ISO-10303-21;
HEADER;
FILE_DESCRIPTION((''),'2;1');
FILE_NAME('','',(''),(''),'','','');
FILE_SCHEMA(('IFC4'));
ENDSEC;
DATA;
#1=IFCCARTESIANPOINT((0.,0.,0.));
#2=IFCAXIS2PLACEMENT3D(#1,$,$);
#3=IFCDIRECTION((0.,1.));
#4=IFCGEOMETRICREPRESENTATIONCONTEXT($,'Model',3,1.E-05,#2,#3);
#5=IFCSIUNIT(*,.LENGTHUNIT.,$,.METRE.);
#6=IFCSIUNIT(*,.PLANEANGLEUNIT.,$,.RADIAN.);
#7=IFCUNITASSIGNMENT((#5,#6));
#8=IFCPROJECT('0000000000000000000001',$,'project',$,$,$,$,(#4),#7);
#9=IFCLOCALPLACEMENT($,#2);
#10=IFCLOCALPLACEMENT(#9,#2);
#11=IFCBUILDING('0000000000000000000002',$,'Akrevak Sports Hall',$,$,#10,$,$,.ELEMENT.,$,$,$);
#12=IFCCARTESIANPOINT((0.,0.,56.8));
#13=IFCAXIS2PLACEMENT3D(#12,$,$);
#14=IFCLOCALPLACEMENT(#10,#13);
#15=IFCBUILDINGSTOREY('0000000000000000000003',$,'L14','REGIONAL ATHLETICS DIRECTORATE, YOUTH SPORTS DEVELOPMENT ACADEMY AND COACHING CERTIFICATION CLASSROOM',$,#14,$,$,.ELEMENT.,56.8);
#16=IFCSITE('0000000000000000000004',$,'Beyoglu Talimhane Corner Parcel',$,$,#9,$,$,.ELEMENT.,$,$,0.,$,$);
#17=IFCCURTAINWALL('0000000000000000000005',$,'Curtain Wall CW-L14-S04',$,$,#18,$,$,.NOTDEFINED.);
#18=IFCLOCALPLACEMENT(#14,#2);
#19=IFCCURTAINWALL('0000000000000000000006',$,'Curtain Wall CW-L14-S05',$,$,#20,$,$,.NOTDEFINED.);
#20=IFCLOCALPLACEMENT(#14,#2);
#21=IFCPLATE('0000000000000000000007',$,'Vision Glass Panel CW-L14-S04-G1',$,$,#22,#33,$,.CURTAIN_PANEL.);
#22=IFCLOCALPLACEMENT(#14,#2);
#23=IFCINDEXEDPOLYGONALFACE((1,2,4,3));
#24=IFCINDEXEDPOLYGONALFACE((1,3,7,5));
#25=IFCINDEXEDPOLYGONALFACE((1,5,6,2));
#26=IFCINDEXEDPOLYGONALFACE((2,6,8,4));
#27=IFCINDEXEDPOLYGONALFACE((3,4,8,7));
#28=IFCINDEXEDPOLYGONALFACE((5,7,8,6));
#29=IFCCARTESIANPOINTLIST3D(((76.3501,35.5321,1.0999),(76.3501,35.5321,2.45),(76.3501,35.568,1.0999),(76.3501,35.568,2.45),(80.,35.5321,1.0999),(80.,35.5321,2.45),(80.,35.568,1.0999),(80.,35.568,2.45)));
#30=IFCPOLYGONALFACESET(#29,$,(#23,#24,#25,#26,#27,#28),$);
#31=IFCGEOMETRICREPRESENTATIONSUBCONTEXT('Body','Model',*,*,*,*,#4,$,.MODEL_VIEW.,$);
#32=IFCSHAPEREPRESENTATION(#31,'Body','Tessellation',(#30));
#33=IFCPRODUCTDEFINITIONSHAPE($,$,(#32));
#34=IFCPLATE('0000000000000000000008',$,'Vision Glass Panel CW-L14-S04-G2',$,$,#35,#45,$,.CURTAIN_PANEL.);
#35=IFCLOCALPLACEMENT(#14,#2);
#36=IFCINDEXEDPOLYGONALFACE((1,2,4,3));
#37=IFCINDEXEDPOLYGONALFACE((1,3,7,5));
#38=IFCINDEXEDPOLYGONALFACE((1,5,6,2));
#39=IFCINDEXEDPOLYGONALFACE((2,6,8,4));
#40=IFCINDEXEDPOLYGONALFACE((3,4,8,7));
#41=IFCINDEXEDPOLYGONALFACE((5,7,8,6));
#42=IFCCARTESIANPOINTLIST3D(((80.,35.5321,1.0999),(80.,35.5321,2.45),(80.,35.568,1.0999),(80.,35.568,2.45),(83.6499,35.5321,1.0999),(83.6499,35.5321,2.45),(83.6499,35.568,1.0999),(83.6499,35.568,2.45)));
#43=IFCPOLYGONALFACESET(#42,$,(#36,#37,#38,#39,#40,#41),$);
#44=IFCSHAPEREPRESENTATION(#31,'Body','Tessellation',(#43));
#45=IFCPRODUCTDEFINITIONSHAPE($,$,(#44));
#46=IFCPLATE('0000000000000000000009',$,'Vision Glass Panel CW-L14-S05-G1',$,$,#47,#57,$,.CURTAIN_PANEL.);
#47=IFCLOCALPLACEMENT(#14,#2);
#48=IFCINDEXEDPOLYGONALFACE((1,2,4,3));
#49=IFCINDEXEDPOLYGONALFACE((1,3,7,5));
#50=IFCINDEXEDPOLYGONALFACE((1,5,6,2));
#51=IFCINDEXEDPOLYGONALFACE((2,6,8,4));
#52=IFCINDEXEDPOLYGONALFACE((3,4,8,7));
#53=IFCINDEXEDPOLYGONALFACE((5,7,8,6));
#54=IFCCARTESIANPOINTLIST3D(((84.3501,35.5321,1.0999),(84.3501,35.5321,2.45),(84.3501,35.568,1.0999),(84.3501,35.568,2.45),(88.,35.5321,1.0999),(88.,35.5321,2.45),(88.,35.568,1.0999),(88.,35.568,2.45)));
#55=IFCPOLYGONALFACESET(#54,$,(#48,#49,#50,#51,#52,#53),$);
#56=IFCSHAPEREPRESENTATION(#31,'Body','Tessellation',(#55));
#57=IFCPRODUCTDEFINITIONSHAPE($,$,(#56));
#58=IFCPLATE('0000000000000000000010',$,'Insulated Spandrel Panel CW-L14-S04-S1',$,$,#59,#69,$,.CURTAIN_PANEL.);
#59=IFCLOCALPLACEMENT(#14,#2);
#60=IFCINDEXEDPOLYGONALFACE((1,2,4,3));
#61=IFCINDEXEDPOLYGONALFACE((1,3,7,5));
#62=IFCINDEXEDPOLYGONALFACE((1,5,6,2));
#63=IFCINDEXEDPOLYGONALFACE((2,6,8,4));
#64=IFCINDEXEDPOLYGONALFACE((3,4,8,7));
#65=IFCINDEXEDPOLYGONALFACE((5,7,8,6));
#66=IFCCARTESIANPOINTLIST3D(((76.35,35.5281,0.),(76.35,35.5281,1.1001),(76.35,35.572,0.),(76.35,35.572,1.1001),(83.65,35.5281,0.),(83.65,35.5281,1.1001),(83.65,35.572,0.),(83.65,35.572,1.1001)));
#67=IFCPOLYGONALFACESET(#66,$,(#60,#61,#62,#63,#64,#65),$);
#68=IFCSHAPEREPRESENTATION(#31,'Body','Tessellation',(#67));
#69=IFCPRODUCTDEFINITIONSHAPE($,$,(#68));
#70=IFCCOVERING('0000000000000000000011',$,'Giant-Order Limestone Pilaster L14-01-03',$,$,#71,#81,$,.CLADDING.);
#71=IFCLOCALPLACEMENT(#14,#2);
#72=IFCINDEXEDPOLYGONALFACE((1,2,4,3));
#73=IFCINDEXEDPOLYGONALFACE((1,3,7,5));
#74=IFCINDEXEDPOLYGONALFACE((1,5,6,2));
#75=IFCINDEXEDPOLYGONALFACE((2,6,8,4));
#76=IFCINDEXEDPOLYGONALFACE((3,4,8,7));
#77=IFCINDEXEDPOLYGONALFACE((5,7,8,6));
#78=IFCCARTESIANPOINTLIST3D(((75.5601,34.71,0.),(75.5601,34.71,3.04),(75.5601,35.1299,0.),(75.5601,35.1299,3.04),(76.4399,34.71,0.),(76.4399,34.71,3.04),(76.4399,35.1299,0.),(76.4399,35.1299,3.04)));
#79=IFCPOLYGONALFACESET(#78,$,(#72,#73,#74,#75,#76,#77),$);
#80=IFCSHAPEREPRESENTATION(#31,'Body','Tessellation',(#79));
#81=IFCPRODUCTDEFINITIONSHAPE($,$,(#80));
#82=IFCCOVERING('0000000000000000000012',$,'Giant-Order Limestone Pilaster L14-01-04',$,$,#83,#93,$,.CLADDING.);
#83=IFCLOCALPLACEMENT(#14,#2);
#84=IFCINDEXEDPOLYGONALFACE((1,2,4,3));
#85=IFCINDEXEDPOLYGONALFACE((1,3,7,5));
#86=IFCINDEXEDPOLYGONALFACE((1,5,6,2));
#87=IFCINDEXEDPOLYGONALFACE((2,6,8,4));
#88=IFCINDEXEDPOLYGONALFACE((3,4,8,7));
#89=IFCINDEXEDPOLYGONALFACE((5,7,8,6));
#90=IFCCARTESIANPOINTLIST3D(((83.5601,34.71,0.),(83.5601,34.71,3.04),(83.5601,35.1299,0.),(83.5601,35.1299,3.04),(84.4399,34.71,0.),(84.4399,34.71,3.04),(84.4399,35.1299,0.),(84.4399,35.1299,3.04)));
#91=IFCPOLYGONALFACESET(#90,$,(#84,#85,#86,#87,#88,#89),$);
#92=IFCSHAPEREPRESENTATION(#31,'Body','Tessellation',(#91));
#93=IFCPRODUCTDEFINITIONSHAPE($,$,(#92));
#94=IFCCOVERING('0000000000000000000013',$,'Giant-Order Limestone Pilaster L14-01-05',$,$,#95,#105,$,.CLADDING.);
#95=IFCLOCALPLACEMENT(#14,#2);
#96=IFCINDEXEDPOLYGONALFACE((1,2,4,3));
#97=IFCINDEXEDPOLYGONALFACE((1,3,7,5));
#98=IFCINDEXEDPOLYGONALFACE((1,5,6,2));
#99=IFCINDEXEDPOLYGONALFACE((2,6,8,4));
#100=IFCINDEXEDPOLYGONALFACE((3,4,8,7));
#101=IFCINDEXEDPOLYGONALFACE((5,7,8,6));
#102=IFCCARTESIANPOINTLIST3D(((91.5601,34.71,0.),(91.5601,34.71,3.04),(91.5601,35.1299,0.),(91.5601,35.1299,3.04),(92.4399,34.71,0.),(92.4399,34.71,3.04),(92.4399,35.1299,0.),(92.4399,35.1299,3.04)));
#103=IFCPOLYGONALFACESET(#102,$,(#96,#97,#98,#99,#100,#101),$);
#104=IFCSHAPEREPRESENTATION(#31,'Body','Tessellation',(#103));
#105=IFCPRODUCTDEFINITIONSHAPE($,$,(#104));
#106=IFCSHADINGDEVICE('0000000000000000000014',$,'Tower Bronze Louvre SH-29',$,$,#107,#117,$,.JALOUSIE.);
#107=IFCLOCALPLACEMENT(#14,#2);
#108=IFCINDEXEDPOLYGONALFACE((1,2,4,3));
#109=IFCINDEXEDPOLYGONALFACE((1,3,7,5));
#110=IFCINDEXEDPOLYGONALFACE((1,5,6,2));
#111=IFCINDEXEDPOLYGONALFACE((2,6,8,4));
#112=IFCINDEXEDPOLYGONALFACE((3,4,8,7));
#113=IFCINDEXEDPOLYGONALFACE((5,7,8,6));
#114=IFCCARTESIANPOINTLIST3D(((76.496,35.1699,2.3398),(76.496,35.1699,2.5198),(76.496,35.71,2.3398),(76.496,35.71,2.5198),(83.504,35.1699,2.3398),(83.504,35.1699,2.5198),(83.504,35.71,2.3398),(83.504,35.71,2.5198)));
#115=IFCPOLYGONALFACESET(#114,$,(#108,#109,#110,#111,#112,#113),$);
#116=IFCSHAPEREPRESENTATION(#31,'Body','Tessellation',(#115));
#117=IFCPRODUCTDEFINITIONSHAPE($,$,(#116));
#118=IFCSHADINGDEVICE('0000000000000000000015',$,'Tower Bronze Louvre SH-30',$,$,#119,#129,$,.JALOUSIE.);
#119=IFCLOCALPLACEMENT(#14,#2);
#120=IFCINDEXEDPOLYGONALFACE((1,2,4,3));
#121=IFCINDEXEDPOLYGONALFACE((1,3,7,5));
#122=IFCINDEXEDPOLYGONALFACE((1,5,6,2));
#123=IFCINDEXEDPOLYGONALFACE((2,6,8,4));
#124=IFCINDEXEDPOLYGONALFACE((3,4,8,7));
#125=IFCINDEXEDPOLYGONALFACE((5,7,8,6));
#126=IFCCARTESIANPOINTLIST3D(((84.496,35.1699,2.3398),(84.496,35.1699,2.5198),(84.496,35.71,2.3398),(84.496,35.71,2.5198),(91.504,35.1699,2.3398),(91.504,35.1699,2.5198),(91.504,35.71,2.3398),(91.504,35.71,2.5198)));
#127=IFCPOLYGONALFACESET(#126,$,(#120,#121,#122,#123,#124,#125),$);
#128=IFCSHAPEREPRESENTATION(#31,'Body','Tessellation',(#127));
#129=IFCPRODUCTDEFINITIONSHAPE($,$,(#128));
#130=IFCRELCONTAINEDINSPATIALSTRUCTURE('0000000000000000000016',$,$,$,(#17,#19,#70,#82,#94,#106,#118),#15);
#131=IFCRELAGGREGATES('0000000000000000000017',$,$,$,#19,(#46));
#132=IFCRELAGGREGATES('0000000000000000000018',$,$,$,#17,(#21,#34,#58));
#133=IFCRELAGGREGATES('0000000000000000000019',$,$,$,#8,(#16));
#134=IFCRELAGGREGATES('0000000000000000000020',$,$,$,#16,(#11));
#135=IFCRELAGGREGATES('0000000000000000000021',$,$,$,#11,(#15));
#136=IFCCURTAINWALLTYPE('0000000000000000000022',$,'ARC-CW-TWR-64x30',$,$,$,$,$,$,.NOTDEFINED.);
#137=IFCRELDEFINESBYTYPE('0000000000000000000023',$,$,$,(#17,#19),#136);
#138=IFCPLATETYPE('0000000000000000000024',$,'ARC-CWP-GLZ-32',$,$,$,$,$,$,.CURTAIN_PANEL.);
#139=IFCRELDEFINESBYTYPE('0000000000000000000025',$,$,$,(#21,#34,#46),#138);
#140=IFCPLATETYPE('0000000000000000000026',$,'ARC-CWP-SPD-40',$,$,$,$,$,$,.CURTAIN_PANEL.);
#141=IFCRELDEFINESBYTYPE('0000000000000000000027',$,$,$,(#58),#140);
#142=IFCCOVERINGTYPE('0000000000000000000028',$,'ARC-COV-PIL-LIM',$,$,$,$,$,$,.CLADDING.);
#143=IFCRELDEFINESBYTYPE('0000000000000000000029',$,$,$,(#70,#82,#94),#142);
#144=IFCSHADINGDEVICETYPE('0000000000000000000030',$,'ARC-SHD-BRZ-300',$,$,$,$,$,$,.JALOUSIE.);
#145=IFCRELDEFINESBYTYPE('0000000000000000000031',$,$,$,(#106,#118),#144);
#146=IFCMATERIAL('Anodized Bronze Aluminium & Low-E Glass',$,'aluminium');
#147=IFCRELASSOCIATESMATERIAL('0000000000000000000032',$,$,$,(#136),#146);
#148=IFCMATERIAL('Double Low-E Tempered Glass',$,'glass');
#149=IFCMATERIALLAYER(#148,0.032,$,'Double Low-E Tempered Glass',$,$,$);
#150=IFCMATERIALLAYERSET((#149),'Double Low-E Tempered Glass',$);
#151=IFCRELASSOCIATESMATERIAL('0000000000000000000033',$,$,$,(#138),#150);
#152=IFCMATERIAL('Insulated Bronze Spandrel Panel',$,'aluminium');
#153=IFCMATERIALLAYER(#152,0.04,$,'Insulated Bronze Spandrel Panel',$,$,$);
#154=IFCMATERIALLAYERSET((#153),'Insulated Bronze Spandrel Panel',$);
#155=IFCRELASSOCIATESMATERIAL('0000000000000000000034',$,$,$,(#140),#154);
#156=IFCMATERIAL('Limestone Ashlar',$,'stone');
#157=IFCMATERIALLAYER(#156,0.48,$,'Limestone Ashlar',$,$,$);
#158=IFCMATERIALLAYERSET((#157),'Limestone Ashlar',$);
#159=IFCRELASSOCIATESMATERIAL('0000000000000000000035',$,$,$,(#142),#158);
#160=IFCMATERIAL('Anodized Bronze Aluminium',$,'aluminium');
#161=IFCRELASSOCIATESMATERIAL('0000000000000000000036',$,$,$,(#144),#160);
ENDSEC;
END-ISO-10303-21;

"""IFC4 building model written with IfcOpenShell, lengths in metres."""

from ifc_helpers import new_model, si_unit, direction, frame, origin, origin_2d, place, context, subcontext, project, spatial, rectangle, extrude, material, layer, layer_set, type_object, element, aggregate, save


model = new_model("IFC4")

# Units and contexts
model_context = context("Model", 3, precision=1e-05, world=origin(), true_north=direction((0.0, 1.0)))
body_context = subcontext(model_context, "Body", "Model", "MODEL_VIEW")
ifc_project = project(units=[si_unit("LENGTHUNIT", "METRE"), si_unit("PLANEANGLEUNIT", "RADIAN")], contexts=[model_context])

# Site, building, storey
site_placement = place(None, origin())
site = spatial("IfcSite", under=ifc_project, at=site_placement, Name="Beyoglu Talimhane Corner Parcel", CompositionType="ELEMENT", RefElevation=0.0)
building_placement = place(site_placement, origin())
building = spatial("IfcBuilding", under=site, at=building_placement, Name="Akrevak Sports Hall", CompositionType="ELEMENT")
storey_placement = place(building_placement, frame((0.0, 0.0, 56.8)))
storey = spatial("IfcBuildingStorey", under=building, at=storey_placement, Name="L14", Description="REGIONAL ATHLETICS DIRECTORATE, YOUTH SPORTS DEVELOPMENT ACADEMY AND COACHING CERTIFICATION CLASSROOM", CompositionType="ELEMENT", Elevation=56.8)

# Curtain wall
ifc_material_1 = material(Name="Anodized Bronze Aluminium & Low-E Glass", Category="aluminium")
curtain_wall_type = type_object("IfcCurtainWallType", Name="ARC-CW-TWR-64x30", PredefinedType="NOTDEFINED", material=ifc_material_1)
curtain_wall_1_placement = place(storey_placement, origin())
curtain_wall_1 = element("IfcCurtainWall", 1, at=curtain_wall_1_placement, inside=storey, type_object=curtain_wall_type, Name="Curtain Wall CW-L14-S04", PredefinedType="NOTDEFINED")
ifc_material_2 = material(Name="Anodized Bronze Aluminium", Category="aluminium")

# Curtain wall
curtain_wall_2_placement = place(storey_placement, origin())
curtain_wall_2 = element("IfcCurtainWall", 2, at=curtain_wall_2_placement, inside=storey, type_object=curtain_wall_type, Name="Curtain Wall CW-L14-S05", PredefinedType="NOTDEFINED")

# Plates
ifc_material_3 = material(Name="Double Low-E Tempered Glass", Category="glass")
ifc_layer_1 = layer(ifc_material_3, 0.032, Name="Double Low-E Tempered Glass")
ifc_layer_set_1 = layer_set([ifc_layer_1], Name="Double Low-E Tempered Glass")
plate_type_1 = type_object("IfcPlateType", Name="ARC-CWP-GLZ-32", PredefinedType="CURTAIN_PANEL", material=ifc_layer_set_1)
plate_1_placement = place(storey_placement, frame((78.175, 35.55, 1.0999), z_axis=(0.0, 0.0, 1.0), x_axis=(1.0, 0.0, 0.0)))
plate_1 = element("IfcPlate", 3, at=plate_1_placement, type_object=plate_type_1, Name="Vision Glass Panel CW-L14-S04-G1", PredefinedType="CURTAIN_PANEL", context=body_context, shape_type="SweptSolid", body=[
    extrude(rectangle(XDim=3.6499, YDim=0.0359, at=origin_2d()), origin(), (0.0, 0.0, 1.0), 1.3501),
])
plate_2_placement = place(storey_placement, frame((81.825, 35.55, 1.0999), z_axis=(0.0, 0.0, 1.0), x_axis=(1.0, 0.0, 0.0)))
plate_2 = element("IfcPlate", 4, at=plate_2_placement, type_object=plate_type_1, Name="Vision Glass Panel CW-L14-S04-G2", PredefinedType="CURTAIN_PANEL", context=body_context, shape_type="SweptSolid", body=[
    extrude(rectangle(XDim=3.6499, YDim=0.0359, at=origin_2d()), origin(), (0.0, 0.0, 1.0), 1.3501),
])
plate_3_placement = place(storey_placement, frame((86.175, 35.55, 1.0999), z_axis=(0.0, 0.0, 1.0), x_axis=(1.0, 0.0, 0.0)))
plate_3 = element("IfcPlate", 5, at=plate_3_placement, type_object=plate_type_1, Name="Vision Glass Panel CW-L14-S05-G1", PredefinedType="CURTAIN_PANEL", context=body_context, shape_type="SweptSolid", body=[
    extrude(rectangle(XDim=3.6499, YDim=0.0359, at=origin_2d()), origin(), (0.0, 0.0, 1.0), 1.3501),
])
aggregate(curtain_wall_2, [plate_3])
ifc_material_4 = material(Name="Insulated Bronze Spandrel Panel", Category="aluminium")
ifc_layer_2 = layer(ifc_material_4, 0.04, Name="Insulated Bronze Spandrel Panel")
ifc_layer_set_2 = layer_set([ifc_layer_2], Name="Insulated Bronze Spandrel Panel")
plate_type_2 = type_object("IfcPlateType", Name="ARC-CWP-SPD-40", PredefinedType="CURTAIN_PANEL", material=ifc_layer_set_2)
plate_4_placement = place(storey_placement, frame((80.0, 35.55, 0.0), z_axis=(0.0, 0.0, 1.0), x_axis=(1.0, 0.0, 0.0)))
plate_4 = element("IfcPlate", 6, at=plate_4_placement, type_object=plate_type_2, Name="Insulated Spandrel Panel CW-L14-S04-S1", PredefinedType="CURTAIN_PANEL", context=body_context, shape_type="SweptSolid", body=[
    extrude(rectangle(XDim=7.3, YDim=0.0439, at=origin_2d()), origin(), (0.0, 0.0, 1.0), 1.1001),
])
aggregate(curtain_wall_1, [plate_1, plate_2, plate_4])

# Coverings
ifc_material_5 = material(Name="Limestone Ashlar", Category="stone")
ifc_layer_3 = layer(ifc_material_5, 0.48, Name="Limestone Ashlar")
ifc_layer_set_3 = layer_set([ifc_layer_3], Name="Limestone Ashlar")
covering_type = type_object("IfcCoveringType", Name="ARC-COV-PIL-LIM", PredefinedType="CLADDING", material=ifc_layer_set_3)
for number, where, z_axis, x_axis, name in (
    (7, (76.0, 34.9199, 0.0), (0.0, 0.0, 1.0), (1.0, 0.0, 0.0), "Giant-Order Limestone Pilaster L14-01-03"),
    (8, (84.0, 34.9199, 0.0), (0.0, 0.0, 1.0), (1.0, 0.0, 0.0), "Giant-Order Limestone Pilaster L14-01-04"),
    (9, (92.0, 34.9199, 0.0), (0.0, 0.0, 1.0), (1.0, 0.0, 0.0), "Giant-Order Limestone Pilaster L14-01-05"),
):
    element("IfcCovering", number, at=place(storey_placement, frame(where, z_axis=z_axis, x_axis=x_axis)), inside=storey, type_object=covering_type, Name=name, PredefinedType="CLADDING", context=body_context, shape_type="SweptSolid", body=[
        extrude(rectangle(XDim=0.8799, YDim=0.4199, at=origin_2d()), origin(), (0.0, 0.0, 1.0), 3.04),
    ])

# Shading devices
shading_device_type = type_object("IfcShadingDeviceType", Name="ARC-SHD-BRZ-300", PredefinedType="JALOUSIE", material=ifc_material_2)
for number, where, z_axis, x_axis, name in (
    (10, (80.0, 35.4399, 2.3398), (0.0, 0.0, 1.0), (1.0, 0.0, 0.0), "Tower Bronze Louvre SH-29"),
    (11, (88.0, 35.4399, 2.3398), (0.0, 0.0, 1.0), (1.0, 0.0, 0.0), "Tower Bronze Louvre SH-30"),
):
    element("IfcShadingDevice", number, at=place(storey_placement, frame(where, z_axis=z_axis, x_axis=x_axis)), inside=storey, type_object=shading_device_type, Name=name, PredefinedType="JALOUSIE", context=body_context, shape_type="SweptSolid", body=[
        extrude(rectangle(XDim=7.0081, YDim=0.54, at=origin_2d()), origin(), (0.0, 0.0, 1.0), 0.1799),
    ])

save(model, "model.ifc")
